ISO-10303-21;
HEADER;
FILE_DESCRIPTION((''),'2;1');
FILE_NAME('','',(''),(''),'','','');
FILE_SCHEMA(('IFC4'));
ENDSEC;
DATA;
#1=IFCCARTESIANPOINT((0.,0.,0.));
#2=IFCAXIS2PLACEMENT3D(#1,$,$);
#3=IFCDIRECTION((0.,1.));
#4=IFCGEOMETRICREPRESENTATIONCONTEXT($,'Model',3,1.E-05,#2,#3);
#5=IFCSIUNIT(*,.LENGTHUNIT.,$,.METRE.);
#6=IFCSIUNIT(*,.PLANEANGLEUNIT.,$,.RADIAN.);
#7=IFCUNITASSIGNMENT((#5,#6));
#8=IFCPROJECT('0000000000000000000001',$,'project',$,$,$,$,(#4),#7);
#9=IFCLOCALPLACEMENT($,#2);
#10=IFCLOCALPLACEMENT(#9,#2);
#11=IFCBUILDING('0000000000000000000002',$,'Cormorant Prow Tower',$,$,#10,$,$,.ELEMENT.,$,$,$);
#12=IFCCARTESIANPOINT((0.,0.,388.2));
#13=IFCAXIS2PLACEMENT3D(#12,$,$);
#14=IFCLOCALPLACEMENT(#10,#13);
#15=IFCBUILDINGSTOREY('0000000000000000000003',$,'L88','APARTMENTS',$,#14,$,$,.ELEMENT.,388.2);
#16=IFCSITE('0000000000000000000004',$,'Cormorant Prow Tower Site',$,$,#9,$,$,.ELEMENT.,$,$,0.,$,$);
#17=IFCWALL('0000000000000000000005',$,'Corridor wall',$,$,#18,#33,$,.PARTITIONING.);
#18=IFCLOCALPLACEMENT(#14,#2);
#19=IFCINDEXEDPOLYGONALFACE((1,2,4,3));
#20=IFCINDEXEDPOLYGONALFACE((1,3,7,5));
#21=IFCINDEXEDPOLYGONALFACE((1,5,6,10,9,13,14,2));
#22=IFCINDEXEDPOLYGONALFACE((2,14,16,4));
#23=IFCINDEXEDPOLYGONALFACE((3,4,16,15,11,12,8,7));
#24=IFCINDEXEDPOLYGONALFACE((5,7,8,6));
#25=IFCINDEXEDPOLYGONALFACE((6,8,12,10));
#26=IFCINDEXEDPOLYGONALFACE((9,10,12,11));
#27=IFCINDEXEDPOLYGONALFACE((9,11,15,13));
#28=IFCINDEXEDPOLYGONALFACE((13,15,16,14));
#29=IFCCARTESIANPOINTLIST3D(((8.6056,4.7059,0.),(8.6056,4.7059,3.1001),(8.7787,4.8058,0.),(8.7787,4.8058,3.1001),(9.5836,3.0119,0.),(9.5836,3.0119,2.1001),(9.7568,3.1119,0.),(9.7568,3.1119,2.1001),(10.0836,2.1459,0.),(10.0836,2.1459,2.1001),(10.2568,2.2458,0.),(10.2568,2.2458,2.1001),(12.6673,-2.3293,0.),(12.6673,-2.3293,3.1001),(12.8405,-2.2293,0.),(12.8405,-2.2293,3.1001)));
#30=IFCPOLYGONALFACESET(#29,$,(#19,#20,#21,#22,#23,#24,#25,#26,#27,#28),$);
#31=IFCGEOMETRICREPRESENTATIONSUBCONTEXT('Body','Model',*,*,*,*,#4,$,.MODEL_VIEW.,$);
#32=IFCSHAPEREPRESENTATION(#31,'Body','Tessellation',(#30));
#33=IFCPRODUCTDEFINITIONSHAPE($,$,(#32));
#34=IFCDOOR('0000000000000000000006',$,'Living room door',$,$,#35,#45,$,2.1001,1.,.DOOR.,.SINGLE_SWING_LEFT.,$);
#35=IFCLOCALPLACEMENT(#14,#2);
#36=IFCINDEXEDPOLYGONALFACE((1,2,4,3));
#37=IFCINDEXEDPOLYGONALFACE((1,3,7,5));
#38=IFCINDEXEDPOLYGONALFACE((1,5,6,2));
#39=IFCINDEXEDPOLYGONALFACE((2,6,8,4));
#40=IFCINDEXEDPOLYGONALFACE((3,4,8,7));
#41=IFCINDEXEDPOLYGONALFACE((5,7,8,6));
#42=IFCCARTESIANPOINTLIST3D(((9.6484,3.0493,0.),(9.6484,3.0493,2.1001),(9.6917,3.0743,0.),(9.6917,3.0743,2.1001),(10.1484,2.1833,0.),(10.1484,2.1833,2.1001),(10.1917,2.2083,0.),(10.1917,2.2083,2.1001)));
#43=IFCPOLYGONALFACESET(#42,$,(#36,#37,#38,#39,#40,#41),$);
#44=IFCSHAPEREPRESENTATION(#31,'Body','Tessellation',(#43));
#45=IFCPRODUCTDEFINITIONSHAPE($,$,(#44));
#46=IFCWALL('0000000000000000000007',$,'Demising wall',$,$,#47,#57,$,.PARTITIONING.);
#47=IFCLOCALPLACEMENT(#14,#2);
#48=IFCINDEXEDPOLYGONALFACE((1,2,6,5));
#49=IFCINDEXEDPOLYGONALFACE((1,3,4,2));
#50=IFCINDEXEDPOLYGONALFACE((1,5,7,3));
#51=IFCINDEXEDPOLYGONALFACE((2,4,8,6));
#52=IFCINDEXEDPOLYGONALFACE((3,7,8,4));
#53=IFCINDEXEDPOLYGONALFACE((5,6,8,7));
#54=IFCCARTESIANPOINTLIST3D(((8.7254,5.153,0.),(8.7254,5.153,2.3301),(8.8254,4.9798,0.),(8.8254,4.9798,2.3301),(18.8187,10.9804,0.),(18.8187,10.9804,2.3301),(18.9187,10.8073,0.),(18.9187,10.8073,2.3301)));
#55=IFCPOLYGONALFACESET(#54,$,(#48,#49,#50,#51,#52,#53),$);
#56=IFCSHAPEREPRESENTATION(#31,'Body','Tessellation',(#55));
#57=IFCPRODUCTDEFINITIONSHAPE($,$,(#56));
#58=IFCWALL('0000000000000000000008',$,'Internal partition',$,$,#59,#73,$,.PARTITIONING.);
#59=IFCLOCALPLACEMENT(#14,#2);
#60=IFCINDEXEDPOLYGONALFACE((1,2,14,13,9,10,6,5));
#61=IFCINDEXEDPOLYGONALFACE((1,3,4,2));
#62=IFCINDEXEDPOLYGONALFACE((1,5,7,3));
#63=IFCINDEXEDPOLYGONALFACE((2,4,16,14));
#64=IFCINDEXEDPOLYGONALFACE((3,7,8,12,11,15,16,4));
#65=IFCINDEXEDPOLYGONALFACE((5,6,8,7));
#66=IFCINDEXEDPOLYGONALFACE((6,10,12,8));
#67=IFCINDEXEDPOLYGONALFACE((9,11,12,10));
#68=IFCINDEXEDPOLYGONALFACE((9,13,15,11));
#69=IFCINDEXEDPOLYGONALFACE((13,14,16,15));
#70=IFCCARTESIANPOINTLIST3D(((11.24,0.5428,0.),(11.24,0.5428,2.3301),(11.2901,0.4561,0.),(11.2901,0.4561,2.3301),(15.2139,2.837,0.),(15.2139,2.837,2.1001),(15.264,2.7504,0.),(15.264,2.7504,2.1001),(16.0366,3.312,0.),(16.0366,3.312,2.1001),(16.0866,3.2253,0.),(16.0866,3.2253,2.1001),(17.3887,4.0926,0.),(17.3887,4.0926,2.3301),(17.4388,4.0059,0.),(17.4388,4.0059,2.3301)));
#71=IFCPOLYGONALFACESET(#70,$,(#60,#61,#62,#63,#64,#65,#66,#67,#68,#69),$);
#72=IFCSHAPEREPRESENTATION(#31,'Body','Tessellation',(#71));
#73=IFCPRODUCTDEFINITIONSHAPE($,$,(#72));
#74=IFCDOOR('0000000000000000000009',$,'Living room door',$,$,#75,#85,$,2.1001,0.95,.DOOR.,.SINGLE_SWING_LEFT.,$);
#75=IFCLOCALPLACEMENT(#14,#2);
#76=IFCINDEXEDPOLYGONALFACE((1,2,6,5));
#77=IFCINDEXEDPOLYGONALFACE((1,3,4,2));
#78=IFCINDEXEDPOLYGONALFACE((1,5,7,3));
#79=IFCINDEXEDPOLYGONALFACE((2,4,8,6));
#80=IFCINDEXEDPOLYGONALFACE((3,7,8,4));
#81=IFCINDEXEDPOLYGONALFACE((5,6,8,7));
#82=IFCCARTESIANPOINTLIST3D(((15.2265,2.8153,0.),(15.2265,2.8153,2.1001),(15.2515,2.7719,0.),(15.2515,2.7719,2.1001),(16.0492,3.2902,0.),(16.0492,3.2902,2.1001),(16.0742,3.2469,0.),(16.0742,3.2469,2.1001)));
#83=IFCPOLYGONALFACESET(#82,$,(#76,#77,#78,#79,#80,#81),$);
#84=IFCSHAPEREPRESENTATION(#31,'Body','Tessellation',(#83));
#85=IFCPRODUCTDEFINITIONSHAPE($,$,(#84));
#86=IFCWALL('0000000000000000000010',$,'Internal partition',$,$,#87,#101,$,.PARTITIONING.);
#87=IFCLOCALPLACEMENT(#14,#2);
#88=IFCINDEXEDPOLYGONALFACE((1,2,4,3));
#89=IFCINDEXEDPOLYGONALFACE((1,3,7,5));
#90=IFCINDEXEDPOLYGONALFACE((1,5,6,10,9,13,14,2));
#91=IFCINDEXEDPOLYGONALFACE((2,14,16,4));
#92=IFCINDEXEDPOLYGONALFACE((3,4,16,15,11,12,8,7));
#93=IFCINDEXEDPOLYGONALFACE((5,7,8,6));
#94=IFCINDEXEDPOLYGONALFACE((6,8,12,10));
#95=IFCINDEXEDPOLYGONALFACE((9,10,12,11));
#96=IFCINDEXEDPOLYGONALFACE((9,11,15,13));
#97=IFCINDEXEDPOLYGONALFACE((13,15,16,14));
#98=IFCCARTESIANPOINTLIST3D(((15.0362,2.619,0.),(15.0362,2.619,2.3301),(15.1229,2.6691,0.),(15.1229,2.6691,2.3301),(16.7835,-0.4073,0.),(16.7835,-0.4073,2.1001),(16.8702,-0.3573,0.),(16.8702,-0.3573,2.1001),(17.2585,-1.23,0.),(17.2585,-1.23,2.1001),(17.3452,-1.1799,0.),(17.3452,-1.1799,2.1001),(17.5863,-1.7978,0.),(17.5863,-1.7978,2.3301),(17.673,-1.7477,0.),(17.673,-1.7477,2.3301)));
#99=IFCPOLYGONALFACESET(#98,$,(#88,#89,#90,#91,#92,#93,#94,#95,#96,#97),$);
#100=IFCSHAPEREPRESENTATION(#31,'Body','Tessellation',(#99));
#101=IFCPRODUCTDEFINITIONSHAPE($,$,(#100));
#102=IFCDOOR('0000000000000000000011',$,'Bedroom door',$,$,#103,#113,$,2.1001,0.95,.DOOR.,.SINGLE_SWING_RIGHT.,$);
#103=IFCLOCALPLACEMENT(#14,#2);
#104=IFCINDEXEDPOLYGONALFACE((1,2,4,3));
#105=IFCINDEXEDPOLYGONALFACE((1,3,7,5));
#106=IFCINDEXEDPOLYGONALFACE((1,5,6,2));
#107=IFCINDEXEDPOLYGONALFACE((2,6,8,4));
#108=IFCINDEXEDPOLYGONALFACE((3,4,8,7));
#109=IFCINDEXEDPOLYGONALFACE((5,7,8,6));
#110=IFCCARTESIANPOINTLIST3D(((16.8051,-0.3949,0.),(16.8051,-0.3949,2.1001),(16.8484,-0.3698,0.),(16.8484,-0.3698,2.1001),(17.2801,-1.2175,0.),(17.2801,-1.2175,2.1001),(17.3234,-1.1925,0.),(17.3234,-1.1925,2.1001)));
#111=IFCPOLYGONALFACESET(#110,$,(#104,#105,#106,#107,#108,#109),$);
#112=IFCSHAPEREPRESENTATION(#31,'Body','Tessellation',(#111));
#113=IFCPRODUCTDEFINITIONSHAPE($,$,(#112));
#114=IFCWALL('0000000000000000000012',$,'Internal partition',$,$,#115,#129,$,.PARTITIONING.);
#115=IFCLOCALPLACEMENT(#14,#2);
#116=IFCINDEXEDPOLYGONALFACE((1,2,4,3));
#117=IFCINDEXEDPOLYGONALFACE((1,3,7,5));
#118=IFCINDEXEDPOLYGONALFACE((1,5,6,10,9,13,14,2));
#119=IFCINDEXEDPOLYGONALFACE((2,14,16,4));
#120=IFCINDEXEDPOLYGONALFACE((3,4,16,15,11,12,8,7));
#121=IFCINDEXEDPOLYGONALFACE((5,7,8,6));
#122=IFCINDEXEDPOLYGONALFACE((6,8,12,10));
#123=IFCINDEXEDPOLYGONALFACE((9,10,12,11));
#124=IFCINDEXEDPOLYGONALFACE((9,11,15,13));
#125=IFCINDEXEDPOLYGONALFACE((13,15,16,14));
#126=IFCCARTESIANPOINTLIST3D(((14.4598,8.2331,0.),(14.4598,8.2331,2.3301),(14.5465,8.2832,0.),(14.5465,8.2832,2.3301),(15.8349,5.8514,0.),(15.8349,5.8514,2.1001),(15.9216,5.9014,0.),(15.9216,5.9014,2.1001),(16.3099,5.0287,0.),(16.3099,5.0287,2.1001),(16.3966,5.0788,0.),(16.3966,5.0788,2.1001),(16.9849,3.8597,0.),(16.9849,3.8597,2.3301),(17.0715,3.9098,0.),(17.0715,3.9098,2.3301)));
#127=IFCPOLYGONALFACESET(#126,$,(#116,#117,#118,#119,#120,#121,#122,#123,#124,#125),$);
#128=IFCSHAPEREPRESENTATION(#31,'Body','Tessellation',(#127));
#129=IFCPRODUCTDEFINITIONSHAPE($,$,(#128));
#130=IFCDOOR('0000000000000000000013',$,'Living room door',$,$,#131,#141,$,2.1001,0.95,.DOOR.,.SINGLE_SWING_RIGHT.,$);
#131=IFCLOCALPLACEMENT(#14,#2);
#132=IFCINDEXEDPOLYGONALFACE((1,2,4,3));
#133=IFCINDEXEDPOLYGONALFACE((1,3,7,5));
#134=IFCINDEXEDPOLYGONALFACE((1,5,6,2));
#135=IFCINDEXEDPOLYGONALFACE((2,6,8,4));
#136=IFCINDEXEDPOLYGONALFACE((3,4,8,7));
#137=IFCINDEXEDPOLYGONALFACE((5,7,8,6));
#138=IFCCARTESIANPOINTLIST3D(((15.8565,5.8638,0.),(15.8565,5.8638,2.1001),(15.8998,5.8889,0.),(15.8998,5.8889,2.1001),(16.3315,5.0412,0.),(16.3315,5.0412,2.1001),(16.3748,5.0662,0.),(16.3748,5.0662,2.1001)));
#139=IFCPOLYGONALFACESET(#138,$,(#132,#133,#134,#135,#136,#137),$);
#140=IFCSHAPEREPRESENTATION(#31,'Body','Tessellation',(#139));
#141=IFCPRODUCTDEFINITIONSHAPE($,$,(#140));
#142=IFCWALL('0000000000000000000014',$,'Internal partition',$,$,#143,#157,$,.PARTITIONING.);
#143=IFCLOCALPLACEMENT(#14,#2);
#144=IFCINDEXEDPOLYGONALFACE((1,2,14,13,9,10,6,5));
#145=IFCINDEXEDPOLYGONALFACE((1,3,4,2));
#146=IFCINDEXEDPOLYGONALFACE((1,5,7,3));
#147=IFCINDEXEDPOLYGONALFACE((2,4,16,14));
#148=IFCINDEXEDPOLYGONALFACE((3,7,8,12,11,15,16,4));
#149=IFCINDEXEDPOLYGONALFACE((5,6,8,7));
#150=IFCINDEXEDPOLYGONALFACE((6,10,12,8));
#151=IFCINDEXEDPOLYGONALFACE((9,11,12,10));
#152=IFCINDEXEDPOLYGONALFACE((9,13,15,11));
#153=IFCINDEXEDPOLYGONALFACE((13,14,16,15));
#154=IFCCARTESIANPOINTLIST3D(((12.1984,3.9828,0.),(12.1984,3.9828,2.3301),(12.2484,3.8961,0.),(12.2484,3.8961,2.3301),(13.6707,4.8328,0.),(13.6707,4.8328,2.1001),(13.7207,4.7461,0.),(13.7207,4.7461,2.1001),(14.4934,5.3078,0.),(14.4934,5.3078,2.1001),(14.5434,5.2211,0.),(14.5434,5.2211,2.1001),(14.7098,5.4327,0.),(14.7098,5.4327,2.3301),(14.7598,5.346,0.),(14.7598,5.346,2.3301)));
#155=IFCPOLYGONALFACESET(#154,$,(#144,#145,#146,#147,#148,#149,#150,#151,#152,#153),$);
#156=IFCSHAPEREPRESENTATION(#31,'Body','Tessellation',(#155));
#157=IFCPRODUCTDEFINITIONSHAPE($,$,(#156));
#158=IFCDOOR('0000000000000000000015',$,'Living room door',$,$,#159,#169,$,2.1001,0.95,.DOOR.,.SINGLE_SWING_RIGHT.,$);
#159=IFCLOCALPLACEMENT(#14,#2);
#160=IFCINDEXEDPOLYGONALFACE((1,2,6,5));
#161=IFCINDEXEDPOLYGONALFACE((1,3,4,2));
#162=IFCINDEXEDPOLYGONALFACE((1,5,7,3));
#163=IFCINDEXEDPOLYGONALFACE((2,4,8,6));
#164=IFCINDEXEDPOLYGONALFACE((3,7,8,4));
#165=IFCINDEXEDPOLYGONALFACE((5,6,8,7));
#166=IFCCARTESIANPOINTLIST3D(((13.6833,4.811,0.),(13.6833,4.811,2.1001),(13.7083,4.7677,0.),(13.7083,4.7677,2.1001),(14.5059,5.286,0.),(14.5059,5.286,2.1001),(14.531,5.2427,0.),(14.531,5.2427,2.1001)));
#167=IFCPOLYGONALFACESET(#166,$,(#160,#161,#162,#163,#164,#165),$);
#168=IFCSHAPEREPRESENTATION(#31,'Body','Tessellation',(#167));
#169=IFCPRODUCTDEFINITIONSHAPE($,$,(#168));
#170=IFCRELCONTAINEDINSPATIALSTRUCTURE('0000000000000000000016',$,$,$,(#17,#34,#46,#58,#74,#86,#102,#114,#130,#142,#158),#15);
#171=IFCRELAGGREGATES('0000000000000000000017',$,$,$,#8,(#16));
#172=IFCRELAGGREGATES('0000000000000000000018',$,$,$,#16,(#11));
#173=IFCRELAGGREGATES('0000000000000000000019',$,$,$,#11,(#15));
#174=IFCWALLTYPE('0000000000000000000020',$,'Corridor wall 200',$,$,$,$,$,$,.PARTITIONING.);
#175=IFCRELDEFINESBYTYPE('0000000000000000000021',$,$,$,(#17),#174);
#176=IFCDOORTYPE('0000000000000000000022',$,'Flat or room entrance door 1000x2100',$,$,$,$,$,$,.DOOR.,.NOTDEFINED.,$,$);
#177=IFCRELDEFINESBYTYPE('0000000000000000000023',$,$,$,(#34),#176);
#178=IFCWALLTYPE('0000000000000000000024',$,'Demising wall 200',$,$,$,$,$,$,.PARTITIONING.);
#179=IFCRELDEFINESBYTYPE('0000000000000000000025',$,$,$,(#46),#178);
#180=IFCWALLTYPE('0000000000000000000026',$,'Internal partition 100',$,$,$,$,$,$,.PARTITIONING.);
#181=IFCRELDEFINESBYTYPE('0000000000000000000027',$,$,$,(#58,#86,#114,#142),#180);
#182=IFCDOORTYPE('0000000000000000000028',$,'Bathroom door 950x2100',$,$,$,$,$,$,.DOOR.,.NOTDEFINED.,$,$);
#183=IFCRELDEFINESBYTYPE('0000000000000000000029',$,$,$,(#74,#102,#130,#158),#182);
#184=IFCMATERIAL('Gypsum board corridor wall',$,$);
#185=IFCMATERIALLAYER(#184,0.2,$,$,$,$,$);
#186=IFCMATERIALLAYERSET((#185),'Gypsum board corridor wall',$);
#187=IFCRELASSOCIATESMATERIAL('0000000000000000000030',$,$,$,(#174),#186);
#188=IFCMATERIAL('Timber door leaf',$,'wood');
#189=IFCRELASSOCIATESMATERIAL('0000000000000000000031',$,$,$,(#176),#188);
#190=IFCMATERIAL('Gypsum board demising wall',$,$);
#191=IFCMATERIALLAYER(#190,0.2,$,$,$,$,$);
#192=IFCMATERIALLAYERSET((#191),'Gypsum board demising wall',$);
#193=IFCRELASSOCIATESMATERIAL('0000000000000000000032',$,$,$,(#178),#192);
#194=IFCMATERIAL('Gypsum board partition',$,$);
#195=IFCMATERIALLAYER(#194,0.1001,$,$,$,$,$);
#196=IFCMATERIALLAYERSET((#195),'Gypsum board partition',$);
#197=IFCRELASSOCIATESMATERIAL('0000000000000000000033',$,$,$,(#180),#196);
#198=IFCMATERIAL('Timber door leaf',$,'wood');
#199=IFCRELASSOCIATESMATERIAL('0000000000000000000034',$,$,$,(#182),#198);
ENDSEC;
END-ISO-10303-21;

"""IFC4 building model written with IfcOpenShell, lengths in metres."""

from ifc_helpers import new_model, si_unit, direction, frame, frame_2d, origin, place, context, subcontext, project, spatial, rectangle, extrude, material, layer, layer_set, type_object, element, fill, save


model = new_model("IFC4")

# Units and contexts
model_context = context("Model", 3, precision=1e-05, world=origin(), true_north=direction((0.0, 1.0)))
body_context = subcontext(model_context, "Body", "Model", "MODEL_VIEW")
ifc_project = project(units=[si_unit("LENGTHUNIT", "METRE"), si_unit("PLANEANGLEUNIT", "RADIAN")], contexts=[model_context])

# Site, building, storey
site_placement = place(None, origin())
site = spatial("IfcSite", under=ifc_project, at=site_placement, Name="Cormorant Prow Tower Site", CompositionType="ELEMENT", RefElevation=0.0)
building_placement = place(site_placement, origin())
building = spatial("IfcBuilding", under=site, at=building_placement, Name="Cormorant Prow Tower", CompositionType="ELEMENT")
storey_placement = place(building_placement, frame((0.0, 0.0, 388.2)))
storey = spatial("IfcBuildingStorey", under=building, at=storey_placement, Name="L88", Description="APARTMENTS", CompositionType="ELEMENT", Elevation=388.2)

# Wall, opening, door
ifc_material_1 = material(Name="Gypsum board corridor wall")
ifc_layer_1 = layer(ifc_material_1, 0.2)
ifc_layer_set_1 = layer_set([ifc_layer_1], Name="Gypsum board corridor wall")
wall_type_1 = type_object("IfcWallType", Name="Corridor wall 200", PredefinedType="PARTITIONING", material=ifc_layer_set_1)
wall_1_placement = place(storey_placement, frame((8.6921, 4.7559, 0.0), z_axis=(0.0, 0.0, 1.0), x_axis=(0.500002, -0.866024, 0.0)))
wall_1 = element("IfcWall", 1, at=wall_1_placement, inside=storey, type_object=wall_type_1, Name="Corridor wall", PredefinedType="PARTITIONING", context=body_context, shape_type="SweptSolid", body=[
    extrude(rectangle(XDim=8.1235, YDim=0.2, at=frame_2d((4.0618, 0.0))), origin(), (0.0, 0.0, 1.0), 3.1001),
])
opening_1_placement = place(wall_1_placement, frame((1.9561, 0.0, 0.0)))
opening_1 = element("IfcOpeningElement", 2, at=opening_1_placement, cuts=wall_1, PredefinedType="OPENING", context=body_context, shape_type="SweptSolid", body=[
    extrude(rectangle(XDim=1.0, YDim=2.1001, at=frame_2d((0.5, 1.05))), frame((0.0, 0.1099, 0.0), z_axis=(0.0, -1.0, 0.0), x_axis=(1.0, 0.0, 0.0)), (0.0, 0.0, 1.0), 0.22),
])
ifc_material_2 = material(Name="Timber door leaf", Category="wood")
door_type_1 = type_object("IfcDoorType", Name="Flat or room entrance door 1000x2100", OperationType="NOTDEFINED", PredefinedType="DOOR", material=ifc_material_2)
door_1_placement = place(opening_1_placement, origin())
door_1 = element("IfcDoor", 3, at=door_1_placement, inside=storey, type_object=door_type_1, Name="Living room door", OperationType="SINGLE_SWING_LEFT", OverallHeight=2.1001, OverallWidth=1.0, PredefinedType="DOOR", context=body_context, shape_type="SweptSolid", body=[
    extrude(rectangle(XDim=1.0, YDim=2.1001, at=frame_2d((0.5, 1.05))), frame((0.0, 0.0249, 0.0), z_axis=(0.0, -1.0, 0.0), x_axis=(1.0, 0.0, 0.0)), (0.0, 0.0, 1.0), 0.05),
])
fill(opening_1, door_1)

# Wall
ifc_material_3 = material(Name="Gypsum board demising wall")
ifc_layer_2 = layer(ifc_material_3, 0.2)
ifc_layer_set_2 = layer_set([ifc_layer_2], Name="Gypsum board demising wall")
wall_type_2 = type_object("IfcWallType", Name="Demising wall 200", PredefinedType="PARTITIONING", material=ifc_layer_set_2)
wall_2_placement = place(storey_placement, frame((8.7754, 5.0664, 0.0), z_axis=(0.0, 0.0, 1.0), x_axis=(0.866024, 0.500003, 0.0)))
element("IfcWall", 4, at=wall_2_placement, inside=storey, type_object=wall_type_2, Name="Demising wall", PredefinedType="PARTITIONING", context=body_context, shape_type="SweptSolid", body=[
    extrude(rectangle(XDim=11.6548, YDim=0.2, at=frame_2d((5.8274, 0.0))), origin(), (0.0, 0.0, 1.0), 2.3301),
])

# Walls, openings, doors
ifc_material_4 = material(Name="Gypsum board partition")
ifc_layer_3 = layer(ifc_material_4, 0.1001)
ifc_layer_set_3 = layer_set([ifc_layer_3], Name="Gypsum board partition")
wall_type_3 = type_object("IfcWallType", Name="Internal partition 100", PredefinedType="PARTITIONING", material=ifc_layer_set_3)
wall_3_placement = place(storey_placement, frame((11.2651, 0.4995, 0.0), z_axis=(0.0, 0.0, 1.0), x_axis=(0.866034, 0.499985, 0.0)))
wall_3 = element("IfcWall", 5, at=wall_3_placement, inside=storey, type_object=wall_type_3, Name="Internal partition", PredefinedType="PARTITIONING", context=body_context, shape_type="SweptSolid", body=[
    extrude(rectangle(XDim=7.0999, YDim=0.1001, at=frame_2d((3.5498, 0.0))), origin(), (0.0, 0.0, 1.0), 2.3301),
])
opening_2_placement = place(wall_3_placement, frame((4.5884, 0.0, 0.0)))
opening_2 = element("IfcOpeningElement", 6, at=opening_2_placement, cuts=wall_3, PredefinedType="OPENING", context=body_context, shape_type="SweptSolid", body=[
    extrude(rectangle(XDim=0.95, YDim=2.1001, at=frame_2d((0.4751, 1.05))), frame((0.0, 0.0601, 0.0), z_axis=(0.0, -1.0, 0.0), x_axis=(1.0, 0.0, 0.0)), (0.0, 0.0, 1.0), 0.1201),
])
ifc_material_5 = material(Name="Timber door leaf", Category="wood")
door_type_2 = type_object("IfcDoorType", Name="Bathroom door 950x2100", OperationType="NOTDEFINED", PredefinedType="DOOR", material=ifc_material_5)
door_2_placement = place(opening_2_placement, origin())
door_2 = element("IfcDoor", 7, at=door_2_placement, inside=storey, type_object=door_type_2, Name="Living room door", OperationType="SINGLE_SWING_LEFT", OverallHeight=2.1001, OverallWidth=0.95, PredefinedType="DOOR", context=body_context, shape_type="SweptSolid", body=[
    extrude(rectangle(XDim=0.95, YDim=2.1001, at=frame_2d((0.4751, 1.05))), frame((0.0, 0.0249, 0.0), z_axis=(0.0, -1.0, 0.0), x_axis=(1.0, 0.0, 0.0)), (0.0, 0.0, 1.0), 0.05),
])
fill(opening_2, door_2)
wall_4_placement = place(storey_placement, frame((15.0796, 2.644, 0.0), z_axis=(0.0, 0.0, 1.0), x_axis=(0.500006, -0.866022, 0.0)))
wall_4 = element("IfcWall", 8, at=wall_4_placement, inside=storey, type_object=wall_type_3, Name="Internal partition", PredefinedType="PARTITIONING", context=body_context, shape_type="SweptSolid", body=[
    extrude(rectangle(XDim=5.1001, YDim=0.1001, at=frame_2d((2.55, 0.0))), origin(), (0.0, 0.0, 1.0), 2.3301),
])
opening_3_placement = place(wall_4_placement, frame((3.4944, 0.0, 0.0)))
opening_3 = element("IfcOpeningElement", 9, at=opening_3_placement, cuts=wall_4, PredefinedType="OPENING", context=body_context, shape_type="SweptSolid", body=[
    extrude(rectangle(XDim=0.95, YDim=2.1001, at=frame_2d((0.4751, 1.05))), frame((0.0, 0.0601, 0.0), z_axis=(0.0, -1.0, 0.0), x_axis=(1.0, 0.0, 0.0)), (0.0, 0.0, 1.0), 0.1201),
])
door_3_placement = place(opening_3_placement, origin())
door_3 = element("IfcDoor", 10, at=door_3_placement, inside=storey, type_object=door_type_2, Name="Bedroom door", OperationType="SINGLE_SWING_RIGHT", OverallHeight=2.1001, OverallWidth=0.95, PredefinedType="DOOR", context=body_context, shape_type="SweptSolid", body=[
    extrude(rectangle(XDim=0.95, YDim=2.1001, at=frame_2d((0.4751, 1.05))), frame((0.0, 0.0249, 0.0), z_axis=(0.0, -1.0, 0.0), x_axis=(1.0, 0.0, 0.0)), (0.0, 0.0, 1.0), 0.05),
])
fill(opening_3, door_3)
wall_5_placement = place(storey_placement, frame((14.5032, 8.2581, 0.0), z_axis=(0.0, 0.0, 1.0), x_axis=(0.500013, -0.866018, 0.0)))
wall_5 = element("IfcWall", 11, at=wall_5_placement, inside=storey, type_object=wall_type_3, Name="Internal partition", PredefinedType="PARTITIONING", context=body_context, shape_type="SweptSolid", body=[
    extrude(rectangle(XDim=5.05, YDim=0.1001, at=frame_2d((2.5249, 0.0))), origin(), (0.0, 0.0, 1.0), 2.3301),
])
opening_4_placement = place(wall_5_placement, frame((2.75, 0.0, 0.0)))
opening_4 = element("IfcOpeningElement", 12, at=opening_4_placement, cuts=wall_5, PredefinedType="OPENING", context=body_context, shape_type="SweptSolid", body=[
    extrude(rectangle(XDim=0.95, YDim=2.1001, at=frame_2d((0.4751, 1.05))), frame((0.0, 0.0601, 0.0), z_axis=(0.0, -1.0, 0.0), x_axis=(1.0, 0.0, 0.0)), (0.0, 0.0, 1.0), 0.1201),
])
door_4_placement = place(opening_4_placement, origin())
door_4 = element("IfcDoor", 13, at=door_4_placement, inside=storey, type_object=door_type_2, Name="Living room door", OperationType="SINGLE_SWING_RIGHT", OverallHeight=2.1001, OverallWidth=0.95, PredefinedType="DOOR", context=body_context, shape_type="SweptSolid", body=[
    extrude(rectangle(XDim=0.95, YDim=2.1001, at=frame_2d((0.4751, 1.05))), frame((0.0, 0.0249, 0.0), z_axis=(0.0, -1.0, 0.0), x_axis=(1.0, 0.0, 0.0)), (0.0, 0.0, 1.0), 0.05),
])
fill(opening_4, door_4)
wall_6_placement = place(storey_placement, frame((12.2234, 3.9395, 0.0), z_axis=(0.0, 0.0, 1.0), x_axis=(0.866033, 0.499987, 0.0)))
wall_6 = element("IfcWall", 14, at=wall_6_placement, inside=storey, type_object=wall_type_3, Name="Internal partition", PredefinedType="PARTITIONING", context=body_context, shape_type="SweptSolid", body=[
    extrude(rectangle(XDim=2.8999, YDim=0.1001, at=frame_2d((1.45, 0.0))), origin(), (0.0, 0.0, 1.0), 2.3301),
])
opening_5_placement = place(wall_6_placement, frame((1.7, 0.0, 0.0)))
opening_5 = element("IfcOpeningElement", 15, at=opening_5_placement, cuts=wall_6, PredefinedType="OPENING", context=body_context, shape_type="SweptSolid", body=[
    extrude(rectangle(XDim=0.95, YDim=2.1001, at=frame_2d((0.4751, 1.05))), frame((0.0, 0.0601, 0.0), z_axis=(0.0, -1.0, 0.0), x_axis=(1.0, 0.0, 0.0)), (0.0, 0.0, 1.0), 0.1201),
])
door_5_placement = place(opening_5_placement, origin())
door_5 = element("IfcDoor", 16, at=door_5_placement, inside=storey, type_object=door_type_2, Name="Living room door", OperationType="SINGLE_SWING_RIGHT", OverallHeight=2.1001, OverallWidth=0.95, PredefinedType="DOOR", context=body_context, shape_type="SweptSolid", body=[
    extrude(rectangle(XDim=0.95, YDim=2.1001, at=frame_2d((0.4751, 1.05))), frame((0.0, 0.0249, 0.0), z_axis=(0.0, -1.0, 0.0), x_axis=(1.0, 0.0, 0.0)), (0.0, 0.0, 1.0), 0.05),
])
fill(opening_5, door_5)

save(model, "model.ifc")
